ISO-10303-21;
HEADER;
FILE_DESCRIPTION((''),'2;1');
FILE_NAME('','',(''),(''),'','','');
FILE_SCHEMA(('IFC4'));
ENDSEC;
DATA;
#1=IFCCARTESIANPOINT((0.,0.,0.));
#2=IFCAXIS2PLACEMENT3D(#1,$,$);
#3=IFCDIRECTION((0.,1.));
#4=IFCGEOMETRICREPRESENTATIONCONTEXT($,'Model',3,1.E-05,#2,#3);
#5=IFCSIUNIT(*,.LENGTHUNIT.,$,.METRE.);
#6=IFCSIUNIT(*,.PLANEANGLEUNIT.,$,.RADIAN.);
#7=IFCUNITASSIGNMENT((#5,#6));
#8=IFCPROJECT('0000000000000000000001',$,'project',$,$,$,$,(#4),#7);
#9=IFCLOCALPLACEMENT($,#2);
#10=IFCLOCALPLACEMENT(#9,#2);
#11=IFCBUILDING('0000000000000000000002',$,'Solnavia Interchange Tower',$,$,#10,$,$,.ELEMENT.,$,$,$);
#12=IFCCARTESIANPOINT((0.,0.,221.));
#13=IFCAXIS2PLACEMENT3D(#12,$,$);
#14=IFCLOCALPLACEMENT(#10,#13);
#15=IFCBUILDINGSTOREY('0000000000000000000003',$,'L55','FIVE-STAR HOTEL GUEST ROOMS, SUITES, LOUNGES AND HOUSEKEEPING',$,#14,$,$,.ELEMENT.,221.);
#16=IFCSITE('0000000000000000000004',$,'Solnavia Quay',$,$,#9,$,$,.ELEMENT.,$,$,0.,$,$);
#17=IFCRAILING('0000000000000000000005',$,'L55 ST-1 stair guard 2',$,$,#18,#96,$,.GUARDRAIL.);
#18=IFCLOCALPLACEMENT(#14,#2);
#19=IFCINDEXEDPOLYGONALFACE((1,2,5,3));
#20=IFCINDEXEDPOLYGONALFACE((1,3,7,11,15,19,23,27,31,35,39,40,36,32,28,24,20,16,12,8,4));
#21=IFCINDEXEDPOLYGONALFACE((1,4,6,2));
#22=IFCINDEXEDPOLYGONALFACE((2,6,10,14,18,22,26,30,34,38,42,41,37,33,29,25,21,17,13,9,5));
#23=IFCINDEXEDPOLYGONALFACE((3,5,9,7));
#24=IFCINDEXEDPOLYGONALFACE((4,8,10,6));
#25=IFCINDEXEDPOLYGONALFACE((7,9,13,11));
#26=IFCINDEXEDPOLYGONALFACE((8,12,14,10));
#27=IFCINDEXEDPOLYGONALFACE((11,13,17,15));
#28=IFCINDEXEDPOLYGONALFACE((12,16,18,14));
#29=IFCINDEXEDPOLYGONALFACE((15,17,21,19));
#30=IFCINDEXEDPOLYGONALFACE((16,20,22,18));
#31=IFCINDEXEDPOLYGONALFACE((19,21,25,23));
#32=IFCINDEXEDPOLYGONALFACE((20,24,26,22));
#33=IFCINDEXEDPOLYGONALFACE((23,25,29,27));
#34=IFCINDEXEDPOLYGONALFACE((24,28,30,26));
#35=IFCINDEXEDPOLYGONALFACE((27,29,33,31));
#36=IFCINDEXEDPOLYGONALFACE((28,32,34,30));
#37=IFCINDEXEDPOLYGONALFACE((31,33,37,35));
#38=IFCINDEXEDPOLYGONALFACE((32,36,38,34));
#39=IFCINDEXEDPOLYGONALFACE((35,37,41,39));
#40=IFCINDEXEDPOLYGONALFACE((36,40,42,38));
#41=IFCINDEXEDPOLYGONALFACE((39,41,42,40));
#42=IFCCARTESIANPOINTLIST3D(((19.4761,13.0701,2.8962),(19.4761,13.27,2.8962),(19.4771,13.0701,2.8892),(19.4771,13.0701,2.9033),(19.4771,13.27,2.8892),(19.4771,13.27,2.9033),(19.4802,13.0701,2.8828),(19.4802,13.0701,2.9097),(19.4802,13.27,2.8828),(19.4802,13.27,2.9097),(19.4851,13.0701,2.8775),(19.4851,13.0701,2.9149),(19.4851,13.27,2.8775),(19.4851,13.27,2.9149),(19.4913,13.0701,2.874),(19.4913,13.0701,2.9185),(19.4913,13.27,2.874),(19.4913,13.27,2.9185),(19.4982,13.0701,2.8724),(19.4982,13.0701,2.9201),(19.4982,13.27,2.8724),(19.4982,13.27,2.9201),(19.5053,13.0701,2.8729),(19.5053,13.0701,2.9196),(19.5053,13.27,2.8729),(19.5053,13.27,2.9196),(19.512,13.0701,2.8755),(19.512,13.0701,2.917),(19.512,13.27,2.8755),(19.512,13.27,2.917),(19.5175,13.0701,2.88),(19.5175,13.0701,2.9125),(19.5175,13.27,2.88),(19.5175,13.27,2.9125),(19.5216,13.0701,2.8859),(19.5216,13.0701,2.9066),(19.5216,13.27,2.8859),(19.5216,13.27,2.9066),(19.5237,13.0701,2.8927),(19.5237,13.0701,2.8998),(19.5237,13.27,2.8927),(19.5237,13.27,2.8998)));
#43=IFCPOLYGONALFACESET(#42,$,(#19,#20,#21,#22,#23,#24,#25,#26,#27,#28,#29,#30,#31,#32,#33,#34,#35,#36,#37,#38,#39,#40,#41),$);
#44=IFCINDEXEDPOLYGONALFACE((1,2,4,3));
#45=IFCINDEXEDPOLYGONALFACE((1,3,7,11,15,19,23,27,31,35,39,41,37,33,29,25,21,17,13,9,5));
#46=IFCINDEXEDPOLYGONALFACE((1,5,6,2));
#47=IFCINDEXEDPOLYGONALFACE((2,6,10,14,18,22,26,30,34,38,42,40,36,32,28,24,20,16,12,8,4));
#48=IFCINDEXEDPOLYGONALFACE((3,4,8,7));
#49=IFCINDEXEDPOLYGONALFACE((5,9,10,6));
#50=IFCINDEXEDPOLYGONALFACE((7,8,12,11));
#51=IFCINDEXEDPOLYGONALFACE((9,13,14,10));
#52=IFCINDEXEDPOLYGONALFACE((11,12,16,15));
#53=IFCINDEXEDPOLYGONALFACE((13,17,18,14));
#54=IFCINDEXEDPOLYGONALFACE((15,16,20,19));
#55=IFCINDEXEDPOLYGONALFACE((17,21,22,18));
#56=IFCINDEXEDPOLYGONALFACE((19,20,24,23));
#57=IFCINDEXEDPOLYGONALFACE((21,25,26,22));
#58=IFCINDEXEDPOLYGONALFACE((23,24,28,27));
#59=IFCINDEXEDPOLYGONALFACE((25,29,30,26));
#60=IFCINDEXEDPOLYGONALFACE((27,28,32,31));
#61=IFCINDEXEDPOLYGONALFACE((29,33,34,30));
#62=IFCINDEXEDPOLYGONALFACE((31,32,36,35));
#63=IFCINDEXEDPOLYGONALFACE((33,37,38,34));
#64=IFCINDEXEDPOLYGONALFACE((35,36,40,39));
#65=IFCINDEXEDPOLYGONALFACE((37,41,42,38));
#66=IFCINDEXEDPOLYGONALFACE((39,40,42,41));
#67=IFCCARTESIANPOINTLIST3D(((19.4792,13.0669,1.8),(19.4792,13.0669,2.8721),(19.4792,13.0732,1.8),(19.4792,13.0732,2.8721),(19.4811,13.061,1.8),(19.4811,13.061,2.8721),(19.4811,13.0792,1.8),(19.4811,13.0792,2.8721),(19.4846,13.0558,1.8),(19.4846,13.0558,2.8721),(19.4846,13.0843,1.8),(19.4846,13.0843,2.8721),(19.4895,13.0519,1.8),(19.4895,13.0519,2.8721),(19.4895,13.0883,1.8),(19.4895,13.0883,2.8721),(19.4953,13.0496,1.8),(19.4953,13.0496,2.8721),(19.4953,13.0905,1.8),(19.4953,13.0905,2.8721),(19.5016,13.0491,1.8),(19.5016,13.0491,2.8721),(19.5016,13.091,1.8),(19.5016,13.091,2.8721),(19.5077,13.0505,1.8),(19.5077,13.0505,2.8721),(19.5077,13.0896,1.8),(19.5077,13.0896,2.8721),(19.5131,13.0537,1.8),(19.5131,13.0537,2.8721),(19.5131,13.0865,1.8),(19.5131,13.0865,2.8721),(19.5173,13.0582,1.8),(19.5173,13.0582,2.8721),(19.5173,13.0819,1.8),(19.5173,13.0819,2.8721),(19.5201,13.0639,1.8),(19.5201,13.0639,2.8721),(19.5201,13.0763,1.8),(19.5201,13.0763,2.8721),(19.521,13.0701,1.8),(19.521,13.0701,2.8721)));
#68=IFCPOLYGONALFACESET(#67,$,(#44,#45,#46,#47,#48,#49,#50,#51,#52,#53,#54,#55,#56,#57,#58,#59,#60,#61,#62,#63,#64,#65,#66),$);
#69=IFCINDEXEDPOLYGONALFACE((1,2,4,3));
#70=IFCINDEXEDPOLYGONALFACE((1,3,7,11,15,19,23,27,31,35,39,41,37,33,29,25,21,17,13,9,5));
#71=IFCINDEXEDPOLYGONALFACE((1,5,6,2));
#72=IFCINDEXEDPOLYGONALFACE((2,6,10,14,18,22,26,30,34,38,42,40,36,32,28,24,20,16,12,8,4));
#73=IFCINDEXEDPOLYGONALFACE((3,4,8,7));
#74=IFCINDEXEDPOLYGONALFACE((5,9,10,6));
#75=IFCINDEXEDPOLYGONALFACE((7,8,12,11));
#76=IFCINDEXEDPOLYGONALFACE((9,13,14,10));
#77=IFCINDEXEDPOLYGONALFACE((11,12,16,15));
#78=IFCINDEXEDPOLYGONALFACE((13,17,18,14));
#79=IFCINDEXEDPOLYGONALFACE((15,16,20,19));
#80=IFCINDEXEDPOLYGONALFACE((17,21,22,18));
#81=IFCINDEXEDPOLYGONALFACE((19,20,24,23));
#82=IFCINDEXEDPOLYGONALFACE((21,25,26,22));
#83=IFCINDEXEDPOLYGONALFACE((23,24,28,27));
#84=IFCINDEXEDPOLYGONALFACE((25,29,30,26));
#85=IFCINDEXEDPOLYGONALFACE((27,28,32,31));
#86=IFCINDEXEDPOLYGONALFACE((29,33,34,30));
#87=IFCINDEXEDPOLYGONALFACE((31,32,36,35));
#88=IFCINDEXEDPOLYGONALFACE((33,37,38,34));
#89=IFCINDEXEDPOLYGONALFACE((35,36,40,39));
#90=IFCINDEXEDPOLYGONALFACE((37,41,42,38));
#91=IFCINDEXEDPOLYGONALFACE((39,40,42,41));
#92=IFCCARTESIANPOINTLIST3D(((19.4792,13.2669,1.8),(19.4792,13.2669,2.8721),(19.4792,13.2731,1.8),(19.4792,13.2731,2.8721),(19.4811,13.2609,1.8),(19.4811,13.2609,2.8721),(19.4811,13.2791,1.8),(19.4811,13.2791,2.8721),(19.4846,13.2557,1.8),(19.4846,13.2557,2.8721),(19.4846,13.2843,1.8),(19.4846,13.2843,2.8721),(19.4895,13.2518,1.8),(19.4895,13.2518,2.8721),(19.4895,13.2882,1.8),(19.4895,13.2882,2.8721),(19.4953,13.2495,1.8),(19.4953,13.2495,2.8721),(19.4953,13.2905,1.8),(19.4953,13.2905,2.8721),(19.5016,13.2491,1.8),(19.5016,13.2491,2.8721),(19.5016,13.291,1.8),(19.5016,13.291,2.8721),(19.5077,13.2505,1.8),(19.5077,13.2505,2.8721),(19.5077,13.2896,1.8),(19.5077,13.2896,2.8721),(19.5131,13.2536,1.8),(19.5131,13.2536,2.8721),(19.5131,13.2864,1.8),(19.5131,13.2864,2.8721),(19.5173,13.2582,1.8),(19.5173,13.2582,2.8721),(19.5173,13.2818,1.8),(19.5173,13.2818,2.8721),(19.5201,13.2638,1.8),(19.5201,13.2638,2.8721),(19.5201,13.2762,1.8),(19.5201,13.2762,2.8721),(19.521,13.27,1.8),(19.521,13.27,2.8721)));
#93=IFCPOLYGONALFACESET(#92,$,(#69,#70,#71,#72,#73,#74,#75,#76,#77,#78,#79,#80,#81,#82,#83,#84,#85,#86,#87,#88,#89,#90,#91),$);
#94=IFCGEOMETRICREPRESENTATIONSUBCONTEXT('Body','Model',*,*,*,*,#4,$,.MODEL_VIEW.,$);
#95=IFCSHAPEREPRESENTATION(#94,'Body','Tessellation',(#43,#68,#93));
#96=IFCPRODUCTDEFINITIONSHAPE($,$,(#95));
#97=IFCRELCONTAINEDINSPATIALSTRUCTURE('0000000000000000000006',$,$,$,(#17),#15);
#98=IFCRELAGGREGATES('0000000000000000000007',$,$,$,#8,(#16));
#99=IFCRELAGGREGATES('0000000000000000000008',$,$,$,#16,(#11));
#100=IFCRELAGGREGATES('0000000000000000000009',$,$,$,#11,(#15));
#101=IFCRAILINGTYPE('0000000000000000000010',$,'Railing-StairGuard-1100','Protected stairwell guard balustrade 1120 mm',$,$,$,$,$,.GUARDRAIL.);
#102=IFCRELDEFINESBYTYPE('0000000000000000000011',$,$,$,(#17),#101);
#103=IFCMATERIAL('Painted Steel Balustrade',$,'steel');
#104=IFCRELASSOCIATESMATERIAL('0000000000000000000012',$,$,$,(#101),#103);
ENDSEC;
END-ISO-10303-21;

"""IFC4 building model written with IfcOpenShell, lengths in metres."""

from ifc_helpers import new_model, si_unit, direction, frame, origin, origin_2d, place, context, subcontext, project, spatial, circle, extrude, material, type_object, element, save


model = new_model("IFC4")

# Units and contexts
model_context = context("Model", 3, precision=1e-05, world=origin(), true_north=direction((0.0, 1.0)))
body_context = subcontext(model_context, "Body", "Model", "MODEL_VIEW")
ifc_project = project(units=[si_unit("LENGTHUNIT", "METRE"), si_unit("PLANEANGLEUNIT", "RADIAN")], contexts=[model_context])

# Site, building, storey
site_placement = place(None, origin())
site = spatial("IfcSite", under=ifc_project, at=site_placement, Name="Solnavia Quay", CompositionType="ELEMENT", RefElevation=0.0)
building_placement = place(site_placement, origin())
building = spatial("IfcBuilding", under=site, at=building_placement, Name="Solnavia Interchange Tower", CompositionType="ELEMENT")
storey_placement = place(building_placement, frame((0.0, 0.0, 221.0)))
storey = spatial("IfcBuildingStorey", under=building, at=storey_placement, Name="L55", Description="FIVE-STAR HOTEL GUEST ROOMS, SUITES, LOUNGES AND HOUSEKEEPING", CompositionType="ELEMENT", Elevation=221.0)

# Railing
ifc_material_1 = material(Name="Painted Steel Balustrade", Category="steel")
railing_type_1 = type_object("IfcRailingType", Name="Railing-StairGuard-1100", Description="Protected stairwell guard balustrade 1120 mm", PredefinedType="GUARDRAIL", material=ifc_material_1)
railing_1_placement = place(storey_placement, frame((19.5, 13.0701, 1.8)))
element("IfcRailing", 1, at=railing_1_placement, inside=storey, type_object=railing_type_1, Name="L55 ST-1 stair guard 2", PredefinedType="GUARDRAIL", context=body_context, shape_type="SweptSolid", body=[
    extrude(circle(Radius=0.0239, at=origin_2d()), frame((0.0, 0.0, 1.0962), z_axis=(0.0, 1.0, 0.0), x_axis=(-1.0, 0.0, 0.0)), (0.0, 0.0, 1.0), 0.2),
    extrude(circle(Radius=0.021, at=origin_2d()), origin(), (0.0, 0.0, 1.0), 1.072),
    extrude(circle(Radius=0.021, at=origin_2d()), frame((0.0, 0.2, 0.0)), (0.0, 0.0, 1.0), 1.072),
])

save(model, "model.ifc")
